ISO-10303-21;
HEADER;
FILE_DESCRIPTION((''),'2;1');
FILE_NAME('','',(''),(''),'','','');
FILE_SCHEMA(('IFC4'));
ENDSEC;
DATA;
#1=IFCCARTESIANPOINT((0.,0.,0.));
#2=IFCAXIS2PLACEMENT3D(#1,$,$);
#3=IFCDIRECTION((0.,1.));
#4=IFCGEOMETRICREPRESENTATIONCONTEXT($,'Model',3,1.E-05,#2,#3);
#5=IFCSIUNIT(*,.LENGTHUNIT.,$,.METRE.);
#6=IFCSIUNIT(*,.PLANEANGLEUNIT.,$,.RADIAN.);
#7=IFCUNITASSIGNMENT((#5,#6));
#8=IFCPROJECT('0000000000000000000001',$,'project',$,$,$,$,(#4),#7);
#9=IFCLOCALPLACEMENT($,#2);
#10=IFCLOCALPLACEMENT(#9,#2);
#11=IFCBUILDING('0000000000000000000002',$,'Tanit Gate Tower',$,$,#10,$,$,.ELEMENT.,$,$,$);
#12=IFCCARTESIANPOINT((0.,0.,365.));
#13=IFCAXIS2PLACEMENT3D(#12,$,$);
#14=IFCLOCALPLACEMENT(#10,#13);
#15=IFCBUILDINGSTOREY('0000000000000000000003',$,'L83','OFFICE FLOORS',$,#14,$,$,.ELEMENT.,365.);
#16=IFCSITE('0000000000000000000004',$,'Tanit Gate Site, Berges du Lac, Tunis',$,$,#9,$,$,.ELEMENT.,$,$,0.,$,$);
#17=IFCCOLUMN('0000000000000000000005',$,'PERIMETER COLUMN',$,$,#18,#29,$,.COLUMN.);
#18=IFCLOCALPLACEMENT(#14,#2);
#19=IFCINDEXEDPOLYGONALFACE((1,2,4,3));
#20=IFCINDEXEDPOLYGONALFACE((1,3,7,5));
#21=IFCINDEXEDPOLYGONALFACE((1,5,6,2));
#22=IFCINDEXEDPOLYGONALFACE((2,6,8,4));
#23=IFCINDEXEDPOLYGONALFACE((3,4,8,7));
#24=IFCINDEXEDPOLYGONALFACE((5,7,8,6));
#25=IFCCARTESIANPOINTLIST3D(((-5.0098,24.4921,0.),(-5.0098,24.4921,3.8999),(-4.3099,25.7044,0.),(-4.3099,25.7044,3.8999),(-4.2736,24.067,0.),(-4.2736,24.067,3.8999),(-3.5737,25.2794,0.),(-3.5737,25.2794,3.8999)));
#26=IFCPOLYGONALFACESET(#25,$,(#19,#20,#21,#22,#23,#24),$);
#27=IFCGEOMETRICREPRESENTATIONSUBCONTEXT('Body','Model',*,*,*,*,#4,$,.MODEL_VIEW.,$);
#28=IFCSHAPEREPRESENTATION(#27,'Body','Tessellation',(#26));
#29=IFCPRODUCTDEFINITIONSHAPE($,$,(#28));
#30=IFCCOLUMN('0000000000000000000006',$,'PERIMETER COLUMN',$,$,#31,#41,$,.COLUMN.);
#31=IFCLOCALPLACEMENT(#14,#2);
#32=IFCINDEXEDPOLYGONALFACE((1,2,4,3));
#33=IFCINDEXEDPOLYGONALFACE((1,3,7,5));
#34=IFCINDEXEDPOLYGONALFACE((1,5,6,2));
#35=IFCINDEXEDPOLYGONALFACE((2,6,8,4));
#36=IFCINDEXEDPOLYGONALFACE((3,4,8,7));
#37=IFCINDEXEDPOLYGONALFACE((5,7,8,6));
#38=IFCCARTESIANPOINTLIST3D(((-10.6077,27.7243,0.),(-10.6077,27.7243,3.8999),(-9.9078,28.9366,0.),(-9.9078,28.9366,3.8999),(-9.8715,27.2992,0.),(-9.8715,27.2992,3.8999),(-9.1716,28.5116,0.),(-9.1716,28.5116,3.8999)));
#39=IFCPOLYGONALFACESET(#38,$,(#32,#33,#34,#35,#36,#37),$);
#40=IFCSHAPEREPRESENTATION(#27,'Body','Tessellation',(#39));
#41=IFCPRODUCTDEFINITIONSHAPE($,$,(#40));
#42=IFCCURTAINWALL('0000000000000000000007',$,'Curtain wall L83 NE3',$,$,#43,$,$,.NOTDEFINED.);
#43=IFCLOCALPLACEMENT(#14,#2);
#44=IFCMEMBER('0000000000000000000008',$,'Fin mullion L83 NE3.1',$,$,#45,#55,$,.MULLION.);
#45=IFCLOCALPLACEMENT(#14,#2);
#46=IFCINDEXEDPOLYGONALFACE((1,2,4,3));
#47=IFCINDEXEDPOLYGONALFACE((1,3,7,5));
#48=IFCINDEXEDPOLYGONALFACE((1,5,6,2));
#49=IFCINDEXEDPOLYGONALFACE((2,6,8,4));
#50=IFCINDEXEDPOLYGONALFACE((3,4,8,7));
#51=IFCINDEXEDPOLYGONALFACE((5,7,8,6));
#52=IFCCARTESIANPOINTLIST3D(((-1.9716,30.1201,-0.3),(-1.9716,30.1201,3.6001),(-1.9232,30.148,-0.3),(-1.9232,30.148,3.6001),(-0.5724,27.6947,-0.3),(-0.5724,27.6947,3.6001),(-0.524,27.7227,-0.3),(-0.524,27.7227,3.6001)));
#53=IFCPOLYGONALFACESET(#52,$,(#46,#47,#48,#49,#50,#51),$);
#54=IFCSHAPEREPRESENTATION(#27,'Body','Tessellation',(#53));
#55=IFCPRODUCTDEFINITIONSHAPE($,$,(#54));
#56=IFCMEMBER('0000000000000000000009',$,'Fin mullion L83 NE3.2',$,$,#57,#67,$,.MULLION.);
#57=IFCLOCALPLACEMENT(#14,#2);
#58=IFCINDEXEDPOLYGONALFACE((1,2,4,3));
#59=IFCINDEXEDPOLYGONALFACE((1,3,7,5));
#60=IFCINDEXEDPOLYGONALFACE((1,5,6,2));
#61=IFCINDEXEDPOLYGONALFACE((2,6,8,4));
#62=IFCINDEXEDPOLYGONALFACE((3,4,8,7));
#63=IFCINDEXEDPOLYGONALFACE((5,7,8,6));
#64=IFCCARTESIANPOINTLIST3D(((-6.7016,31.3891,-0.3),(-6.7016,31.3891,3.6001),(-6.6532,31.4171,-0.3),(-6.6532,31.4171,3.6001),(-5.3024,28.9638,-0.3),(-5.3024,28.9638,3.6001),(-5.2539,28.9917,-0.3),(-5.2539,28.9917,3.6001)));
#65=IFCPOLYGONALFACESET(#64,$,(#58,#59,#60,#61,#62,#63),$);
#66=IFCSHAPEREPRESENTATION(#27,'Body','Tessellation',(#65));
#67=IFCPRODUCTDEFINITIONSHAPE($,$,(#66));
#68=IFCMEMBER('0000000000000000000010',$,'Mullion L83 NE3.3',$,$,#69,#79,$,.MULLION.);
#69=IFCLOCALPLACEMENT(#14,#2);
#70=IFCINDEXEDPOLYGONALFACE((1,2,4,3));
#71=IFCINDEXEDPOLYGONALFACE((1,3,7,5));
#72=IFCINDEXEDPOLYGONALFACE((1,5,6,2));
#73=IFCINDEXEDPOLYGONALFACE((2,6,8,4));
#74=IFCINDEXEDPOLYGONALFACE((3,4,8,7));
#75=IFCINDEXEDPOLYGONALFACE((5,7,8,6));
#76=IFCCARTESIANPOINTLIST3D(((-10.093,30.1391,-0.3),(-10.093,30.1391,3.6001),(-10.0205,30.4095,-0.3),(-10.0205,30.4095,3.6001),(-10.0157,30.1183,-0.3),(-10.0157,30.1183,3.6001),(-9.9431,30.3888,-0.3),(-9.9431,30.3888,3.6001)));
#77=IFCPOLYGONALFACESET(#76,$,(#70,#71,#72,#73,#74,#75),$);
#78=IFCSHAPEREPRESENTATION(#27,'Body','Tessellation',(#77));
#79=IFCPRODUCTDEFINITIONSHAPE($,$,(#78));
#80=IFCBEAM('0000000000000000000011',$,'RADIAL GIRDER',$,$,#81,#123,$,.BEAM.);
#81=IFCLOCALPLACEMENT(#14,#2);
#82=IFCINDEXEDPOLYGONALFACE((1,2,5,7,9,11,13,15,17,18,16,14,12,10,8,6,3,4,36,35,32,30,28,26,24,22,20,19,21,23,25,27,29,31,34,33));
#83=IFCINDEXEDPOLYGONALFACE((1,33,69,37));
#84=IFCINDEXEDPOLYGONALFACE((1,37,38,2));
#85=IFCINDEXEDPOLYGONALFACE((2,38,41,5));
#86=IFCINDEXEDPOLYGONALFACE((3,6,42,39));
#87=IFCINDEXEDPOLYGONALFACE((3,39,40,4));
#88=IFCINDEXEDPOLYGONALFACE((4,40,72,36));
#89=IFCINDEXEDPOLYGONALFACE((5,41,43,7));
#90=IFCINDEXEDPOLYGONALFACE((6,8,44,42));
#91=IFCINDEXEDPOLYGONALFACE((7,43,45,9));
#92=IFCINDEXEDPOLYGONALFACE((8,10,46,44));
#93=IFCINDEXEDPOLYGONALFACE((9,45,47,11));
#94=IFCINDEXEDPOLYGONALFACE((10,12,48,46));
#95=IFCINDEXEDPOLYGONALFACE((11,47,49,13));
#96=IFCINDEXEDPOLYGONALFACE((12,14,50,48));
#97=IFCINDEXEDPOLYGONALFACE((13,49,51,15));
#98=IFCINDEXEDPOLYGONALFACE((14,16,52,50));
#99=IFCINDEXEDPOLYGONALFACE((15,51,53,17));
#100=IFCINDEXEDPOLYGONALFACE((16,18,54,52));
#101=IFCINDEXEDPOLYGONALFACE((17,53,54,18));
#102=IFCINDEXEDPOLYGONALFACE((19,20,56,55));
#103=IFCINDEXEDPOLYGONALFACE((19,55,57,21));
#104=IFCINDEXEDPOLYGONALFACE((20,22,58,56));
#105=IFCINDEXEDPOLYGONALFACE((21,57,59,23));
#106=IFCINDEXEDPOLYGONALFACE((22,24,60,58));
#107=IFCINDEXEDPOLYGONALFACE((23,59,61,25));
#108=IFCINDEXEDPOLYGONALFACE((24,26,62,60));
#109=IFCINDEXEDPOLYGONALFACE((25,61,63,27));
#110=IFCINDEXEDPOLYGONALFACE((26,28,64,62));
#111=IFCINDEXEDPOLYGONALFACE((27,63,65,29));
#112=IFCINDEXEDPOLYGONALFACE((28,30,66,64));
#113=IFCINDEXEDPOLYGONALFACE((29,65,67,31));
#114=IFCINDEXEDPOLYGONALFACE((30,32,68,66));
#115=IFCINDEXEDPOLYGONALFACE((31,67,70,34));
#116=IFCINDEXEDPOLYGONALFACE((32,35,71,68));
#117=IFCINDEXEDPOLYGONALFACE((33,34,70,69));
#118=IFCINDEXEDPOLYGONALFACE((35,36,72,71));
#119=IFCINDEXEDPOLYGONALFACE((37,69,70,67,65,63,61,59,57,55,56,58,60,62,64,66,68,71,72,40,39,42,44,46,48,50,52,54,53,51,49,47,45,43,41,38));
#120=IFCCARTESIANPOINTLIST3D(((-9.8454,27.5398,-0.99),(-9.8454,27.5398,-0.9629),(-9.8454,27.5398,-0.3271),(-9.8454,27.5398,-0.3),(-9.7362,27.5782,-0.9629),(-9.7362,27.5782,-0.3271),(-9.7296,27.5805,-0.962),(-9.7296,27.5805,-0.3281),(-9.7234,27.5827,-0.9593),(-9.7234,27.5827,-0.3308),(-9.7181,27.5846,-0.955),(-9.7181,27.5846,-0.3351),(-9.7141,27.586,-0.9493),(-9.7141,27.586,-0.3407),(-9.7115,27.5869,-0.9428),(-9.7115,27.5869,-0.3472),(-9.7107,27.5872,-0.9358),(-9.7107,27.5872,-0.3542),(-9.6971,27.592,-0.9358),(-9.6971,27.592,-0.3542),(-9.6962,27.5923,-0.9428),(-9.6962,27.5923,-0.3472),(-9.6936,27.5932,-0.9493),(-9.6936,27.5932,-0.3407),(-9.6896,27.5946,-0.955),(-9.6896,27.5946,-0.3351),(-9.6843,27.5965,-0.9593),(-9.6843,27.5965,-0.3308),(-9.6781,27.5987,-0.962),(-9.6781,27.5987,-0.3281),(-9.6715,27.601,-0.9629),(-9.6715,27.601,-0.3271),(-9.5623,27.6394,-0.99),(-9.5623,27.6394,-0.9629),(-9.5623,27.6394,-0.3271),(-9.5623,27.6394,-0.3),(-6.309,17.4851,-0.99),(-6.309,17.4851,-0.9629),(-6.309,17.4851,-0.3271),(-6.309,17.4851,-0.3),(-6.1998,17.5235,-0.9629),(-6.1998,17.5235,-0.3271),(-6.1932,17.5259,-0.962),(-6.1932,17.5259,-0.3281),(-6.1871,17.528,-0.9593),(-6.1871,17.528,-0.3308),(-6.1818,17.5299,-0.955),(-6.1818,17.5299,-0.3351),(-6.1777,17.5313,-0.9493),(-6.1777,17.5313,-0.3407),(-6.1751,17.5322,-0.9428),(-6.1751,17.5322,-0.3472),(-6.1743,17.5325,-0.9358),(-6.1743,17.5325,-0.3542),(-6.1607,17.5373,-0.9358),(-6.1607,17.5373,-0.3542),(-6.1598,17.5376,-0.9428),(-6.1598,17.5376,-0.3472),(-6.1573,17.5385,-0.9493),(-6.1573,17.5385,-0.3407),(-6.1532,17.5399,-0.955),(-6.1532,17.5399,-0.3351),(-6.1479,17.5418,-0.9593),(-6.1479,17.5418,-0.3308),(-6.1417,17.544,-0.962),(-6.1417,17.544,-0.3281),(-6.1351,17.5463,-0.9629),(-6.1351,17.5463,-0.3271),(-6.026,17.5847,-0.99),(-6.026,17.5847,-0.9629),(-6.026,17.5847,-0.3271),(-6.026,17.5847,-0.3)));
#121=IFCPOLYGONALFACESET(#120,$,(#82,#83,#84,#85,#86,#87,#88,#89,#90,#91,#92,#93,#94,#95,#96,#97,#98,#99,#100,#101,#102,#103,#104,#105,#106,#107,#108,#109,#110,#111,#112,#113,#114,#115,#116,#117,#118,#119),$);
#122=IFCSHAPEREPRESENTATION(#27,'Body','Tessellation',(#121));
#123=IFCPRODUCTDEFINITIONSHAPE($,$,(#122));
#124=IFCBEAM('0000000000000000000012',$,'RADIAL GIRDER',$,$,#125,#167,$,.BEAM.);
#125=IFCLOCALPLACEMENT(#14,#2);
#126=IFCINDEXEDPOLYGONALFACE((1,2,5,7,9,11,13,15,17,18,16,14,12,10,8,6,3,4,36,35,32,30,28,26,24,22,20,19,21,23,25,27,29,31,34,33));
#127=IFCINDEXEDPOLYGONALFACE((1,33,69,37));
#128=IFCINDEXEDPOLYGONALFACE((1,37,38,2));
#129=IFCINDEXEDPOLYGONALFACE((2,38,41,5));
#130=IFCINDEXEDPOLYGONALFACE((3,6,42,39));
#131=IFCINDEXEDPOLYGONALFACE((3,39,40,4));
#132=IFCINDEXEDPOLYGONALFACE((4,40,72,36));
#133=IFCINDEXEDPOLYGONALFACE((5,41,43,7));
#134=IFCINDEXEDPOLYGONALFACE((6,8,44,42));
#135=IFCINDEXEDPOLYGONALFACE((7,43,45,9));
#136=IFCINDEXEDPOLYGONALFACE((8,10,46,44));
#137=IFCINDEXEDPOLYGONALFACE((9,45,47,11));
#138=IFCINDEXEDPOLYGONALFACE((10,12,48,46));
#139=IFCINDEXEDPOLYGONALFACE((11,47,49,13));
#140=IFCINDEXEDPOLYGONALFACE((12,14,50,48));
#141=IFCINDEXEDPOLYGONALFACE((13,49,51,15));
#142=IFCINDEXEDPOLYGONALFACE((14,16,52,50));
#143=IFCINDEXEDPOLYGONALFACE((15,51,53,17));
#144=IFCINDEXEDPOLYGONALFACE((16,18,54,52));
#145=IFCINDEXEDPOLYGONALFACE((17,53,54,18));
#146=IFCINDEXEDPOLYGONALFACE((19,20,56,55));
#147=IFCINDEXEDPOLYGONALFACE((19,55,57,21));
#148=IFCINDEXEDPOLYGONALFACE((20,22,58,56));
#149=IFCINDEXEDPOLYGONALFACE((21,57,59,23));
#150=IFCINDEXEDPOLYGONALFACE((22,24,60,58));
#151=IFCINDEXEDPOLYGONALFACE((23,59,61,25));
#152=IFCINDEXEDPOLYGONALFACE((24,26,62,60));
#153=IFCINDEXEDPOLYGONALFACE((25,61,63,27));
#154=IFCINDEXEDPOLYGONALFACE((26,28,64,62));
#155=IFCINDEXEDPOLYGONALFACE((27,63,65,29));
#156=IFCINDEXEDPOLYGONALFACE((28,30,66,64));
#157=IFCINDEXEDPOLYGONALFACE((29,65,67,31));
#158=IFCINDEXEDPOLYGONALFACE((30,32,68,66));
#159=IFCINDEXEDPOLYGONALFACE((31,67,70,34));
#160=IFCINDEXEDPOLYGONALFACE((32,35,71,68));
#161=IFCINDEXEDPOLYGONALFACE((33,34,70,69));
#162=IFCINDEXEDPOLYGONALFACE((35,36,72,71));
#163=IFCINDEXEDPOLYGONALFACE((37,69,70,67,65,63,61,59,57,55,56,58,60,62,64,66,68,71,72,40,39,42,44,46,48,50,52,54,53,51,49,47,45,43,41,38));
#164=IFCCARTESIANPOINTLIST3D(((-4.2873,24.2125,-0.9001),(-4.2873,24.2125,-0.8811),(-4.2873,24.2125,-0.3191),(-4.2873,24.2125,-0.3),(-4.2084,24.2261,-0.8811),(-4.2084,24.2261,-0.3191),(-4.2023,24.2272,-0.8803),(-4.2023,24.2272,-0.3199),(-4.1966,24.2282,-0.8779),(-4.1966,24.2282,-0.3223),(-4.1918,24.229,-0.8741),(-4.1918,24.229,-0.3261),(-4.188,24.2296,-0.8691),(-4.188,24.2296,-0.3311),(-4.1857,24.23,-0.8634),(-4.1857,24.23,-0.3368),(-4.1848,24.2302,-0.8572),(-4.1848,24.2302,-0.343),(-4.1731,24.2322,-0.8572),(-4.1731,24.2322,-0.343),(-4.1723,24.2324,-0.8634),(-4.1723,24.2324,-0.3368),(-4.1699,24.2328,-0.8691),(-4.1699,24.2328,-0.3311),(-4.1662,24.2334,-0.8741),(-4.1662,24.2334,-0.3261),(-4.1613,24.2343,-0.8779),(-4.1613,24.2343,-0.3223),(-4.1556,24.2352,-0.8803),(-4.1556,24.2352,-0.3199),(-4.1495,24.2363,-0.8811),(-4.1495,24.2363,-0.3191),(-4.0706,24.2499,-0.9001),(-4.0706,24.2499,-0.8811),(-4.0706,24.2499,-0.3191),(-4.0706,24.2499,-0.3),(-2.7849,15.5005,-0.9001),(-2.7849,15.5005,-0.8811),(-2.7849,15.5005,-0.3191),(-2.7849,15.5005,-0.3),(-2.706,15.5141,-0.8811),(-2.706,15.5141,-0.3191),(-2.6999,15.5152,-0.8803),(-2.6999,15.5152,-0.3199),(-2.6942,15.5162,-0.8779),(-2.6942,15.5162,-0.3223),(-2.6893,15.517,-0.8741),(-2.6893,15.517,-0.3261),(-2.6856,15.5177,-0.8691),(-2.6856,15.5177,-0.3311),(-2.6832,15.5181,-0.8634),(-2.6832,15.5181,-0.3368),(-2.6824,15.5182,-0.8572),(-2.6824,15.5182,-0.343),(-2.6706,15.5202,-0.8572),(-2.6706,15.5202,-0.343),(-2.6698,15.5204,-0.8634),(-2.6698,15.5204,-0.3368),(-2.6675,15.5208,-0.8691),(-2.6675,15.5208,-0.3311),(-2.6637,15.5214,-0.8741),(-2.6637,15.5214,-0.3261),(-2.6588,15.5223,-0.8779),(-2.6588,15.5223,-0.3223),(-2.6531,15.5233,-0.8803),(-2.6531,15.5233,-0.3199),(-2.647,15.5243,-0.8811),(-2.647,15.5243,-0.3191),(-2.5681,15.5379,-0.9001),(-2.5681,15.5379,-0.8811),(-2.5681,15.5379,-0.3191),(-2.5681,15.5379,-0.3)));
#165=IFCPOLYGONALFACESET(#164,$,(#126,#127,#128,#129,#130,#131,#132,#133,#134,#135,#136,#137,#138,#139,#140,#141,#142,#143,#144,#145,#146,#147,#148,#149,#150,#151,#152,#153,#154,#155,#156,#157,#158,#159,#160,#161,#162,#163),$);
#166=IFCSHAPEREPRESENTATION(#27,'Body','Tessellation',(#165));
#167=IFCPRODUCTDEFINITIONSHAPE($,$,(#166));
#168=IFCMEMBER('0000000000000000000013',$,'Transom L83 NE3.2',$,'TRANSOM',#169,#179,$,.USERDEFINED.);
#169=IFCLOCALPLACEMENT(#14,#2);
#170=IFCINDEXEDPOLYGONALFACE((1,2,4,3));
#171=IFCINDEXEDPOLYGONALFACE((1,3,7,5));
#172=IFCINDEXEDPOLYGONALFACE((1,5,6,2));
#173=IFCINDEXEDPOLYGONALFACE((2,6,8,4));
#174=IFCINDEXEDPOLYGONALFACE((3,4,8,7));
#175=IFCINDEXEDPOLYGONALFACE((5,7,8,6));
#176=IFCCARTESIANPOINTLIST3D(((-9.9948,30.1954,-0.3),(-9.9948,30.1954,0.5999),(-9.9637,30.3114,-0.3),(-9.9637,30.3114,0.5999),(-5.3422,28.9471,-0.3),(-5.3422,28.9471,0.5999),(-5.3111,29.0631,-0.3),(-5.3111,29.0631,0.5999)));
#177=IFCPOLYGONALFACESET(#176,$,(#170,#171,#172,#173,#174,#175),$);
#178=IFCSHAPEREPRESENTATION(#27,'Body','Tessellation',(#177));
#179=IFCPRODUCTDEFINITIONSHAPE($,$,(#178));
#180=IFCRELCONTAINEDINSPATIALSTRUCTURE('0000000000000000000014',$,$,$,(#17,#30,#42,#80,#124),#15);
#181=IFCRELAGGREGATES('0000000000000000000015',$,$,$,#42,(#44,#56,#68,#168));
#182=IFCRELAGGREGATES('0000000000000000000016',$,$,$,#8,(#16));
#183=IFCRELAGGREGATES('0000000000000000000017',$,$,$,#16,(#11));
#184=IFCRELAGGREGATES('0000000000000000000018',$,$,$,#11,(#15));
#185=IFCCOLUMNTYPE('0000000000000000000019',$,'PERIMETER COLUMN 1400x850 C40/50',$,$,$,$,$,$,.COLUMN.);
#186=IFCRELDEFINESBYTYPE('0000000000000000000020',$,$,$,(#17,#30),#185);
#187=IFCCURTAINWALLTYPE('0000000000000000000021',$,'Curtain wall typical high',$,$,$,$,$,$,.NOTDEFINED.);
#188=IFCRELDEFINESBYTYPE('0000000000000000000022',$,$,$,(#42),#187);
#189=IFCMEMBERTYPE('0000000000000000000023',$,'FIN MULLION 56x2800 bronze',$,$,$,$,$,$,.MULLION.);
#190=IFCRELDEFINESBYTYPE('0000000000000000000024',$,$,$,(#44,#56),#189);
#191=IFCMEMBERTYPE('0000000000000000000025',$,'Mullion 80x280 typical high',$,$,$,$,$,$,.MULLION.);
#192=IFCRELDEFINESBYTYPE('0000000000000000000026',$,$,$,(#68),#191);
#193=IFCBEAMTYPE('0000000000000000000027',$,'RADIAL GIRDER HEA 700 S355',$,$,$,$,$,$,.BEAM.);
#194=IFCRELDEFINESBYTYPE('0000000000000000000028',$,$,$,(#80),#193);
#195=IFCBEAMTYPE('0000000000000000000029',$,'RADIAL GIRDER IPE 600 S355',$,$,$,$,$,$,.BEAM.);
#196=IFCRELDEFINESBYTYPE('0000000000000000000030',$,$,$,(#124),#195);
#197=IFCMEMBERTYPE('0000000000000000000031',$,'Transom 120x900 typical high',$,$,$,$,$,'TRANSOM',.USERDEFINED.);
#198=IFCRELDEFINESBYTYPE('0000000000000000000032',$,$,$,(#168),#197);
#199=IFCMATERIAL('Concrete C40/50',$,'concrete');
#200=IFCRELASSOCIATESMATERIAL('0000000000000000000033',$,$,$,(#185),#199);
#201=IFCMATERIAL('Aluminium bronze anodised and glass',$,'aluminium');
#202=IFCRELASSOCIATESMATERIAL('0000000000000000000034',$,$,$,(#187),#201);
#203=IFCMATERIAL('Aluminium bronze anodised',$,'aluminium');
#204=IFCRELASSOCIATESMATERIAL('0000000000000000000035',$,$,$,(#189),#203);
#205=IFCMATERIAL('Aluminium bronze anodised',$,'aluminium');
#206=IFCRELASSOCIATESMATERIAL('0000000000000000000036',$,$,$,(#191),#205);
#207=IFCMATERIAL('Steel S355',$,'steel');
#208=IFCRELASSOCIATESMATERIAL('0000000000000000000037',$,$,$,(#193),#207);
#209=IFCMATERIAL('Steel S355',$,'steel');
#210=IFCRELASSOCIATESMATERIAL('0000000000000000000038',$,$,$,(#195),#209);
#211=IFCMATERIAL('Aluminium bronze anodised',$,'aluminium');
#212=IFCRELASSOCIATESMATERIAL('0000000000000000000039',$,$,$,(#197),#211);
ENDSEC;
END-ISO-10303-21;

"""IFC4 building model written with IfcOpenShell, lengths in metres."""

from ifc_helpers import new_model, si_unit, direction, frame, origin, origin_2d, place, context, subcontext, project, spatial, rectangle, i_section, extrude, material, material_profile, profile_set, type_object, element, aggregate, save


model = new_model("IFC4")

# Units and contexts
model_context = context("Model", 3, precision=1e-05, world=origin(), true_north=direction((0.0, 1.0)))
body_context = subcontext(model_context, "Body", "Model", "MODEL_VIEW")
ifc_project = project(units=[si_unit("LENGTHUNIT", "METRE"), si_unit("PLANEANGLEUNIT", "RADIAN")], contexts=[model_context])

# Site, building, storey
site_placement = place(None, origin())
site = spatial("IfcSite", under=ifc_project, at=site_placement, Name="Tanit Gate Site, Berges du Lac, Tunis", CompositionType="ELEMENT", RefElevation=0.0)
building_placement = place(site_placement, origin())
building = spatial("IfcBuilding", under=site, at=building_placement, Name="Tanit Gate Tower", CompositionType="ELEMENT")
storey_placement = place(building_placement, frame((0.0, 0.0, 365.0)))
storey = spatial("IfcBuildingStorey", under=building, at=storey_placement, Name="L83", Description="OFFICE FLOORS", CompositionType="ELEMENT", Elevation=365.0)

# Columns
ifc_material_1 = material(Name="Concrete C40/50", Category="concrete")
ifc_material_profile_1 = material_profile(ifc_material_1, rectangle(XDim=1.3999, YDim=0.8501, at=origin_2d()), Name="RC 1400x850")
ifc_profile_set_1 = profile_set([ifc_material_profile_1], Name="Concrete C40/50")
column_type = type_object("IfcColumnType", Name="PERIMETER COLUMN 1400x850 C40/50", PredefinedType="COLUMN", material=ifc_profile_set_1)
for number, where, z_axis, x_axis, name in (
    (1, (-4.2917, 24.8857, 0.0), (0.0, 0.0, 1.0), (0.5, 0.866025, 0.0), "PERIMETER COLUMN"),
    (2, (-9.8896, 28.1179, 0.0), (0.0, 0.0, 1.0), (0.5, 0.866025, 0.0), "PERIMETER COLUMN"),
):
    element("IfcColumn", number, at=place(storey_placement, frame(where, z_axis=z_axis, x_axis=x_axis)), inside=storey, type_object=column_type, Name=name, PredefinedType="COLUMN", context=body_context, shape_type="SweptSolid", body=[
        extrude(rectangle(XDim=1.3999, YDim=0.8501, at=origin_2d()), origin(), (0.0, 0.0, 1.0), 3.8999),
    ])

# Curtain wall, members
ifc_material_2 = material(Name="Aluminium bronze anodised and glass", Category="aluminium")
curtain_wall_type = type_object("IfcCurtainWallType", Name="Curtain wall typical high", PredefinedType="NOTDEFINED", material=ifc_material_2)
curtain_wall_placement = place(storey_placement, origin())
curtain_wall = element("IfcCurtainWall", 3, at=curtain_wall_placement, inside=storey, type_object=curtain_wall_type, Name="Curtain wall L83 NE3", PredefinedType="NOTDEFINED")
ifc_material_3 = material(Name="Aluminium bronze anodised", Category="aluminium")
ifc_material_profile_2 = material_profile(ifc_material_3, rectangle(XDim=2.8, YDim=0.0559, at=origin_2d()), Name="56x2800 bronze fin mullion")
ifc_profile_set_2 = profile_set([ifc_material_profile_2], Name="Aluminium bronze anodised")
member_type_1 = type_object("IfcMemberType", Name="FIN MULLION 56x2800 bronze", PredefinedType="MULLION", material=ifc_profile_set_2)
member_1_placement = place(storey_placement, frame((-1.2478, 28.9214, -0.3), z_axis=(0.0, 0.0, 1.0), x_axis=(0.499728, -0.866182, 0.0)))
member_1 = element("IfcMember", 4, at=member_1_placement, type_object=member_type_1, Name="Fin mullion L83 NE3.1", PredefinedType="MULLION", context=body_context, shape_type="SweptSolid", body=[
    extrude(rectangle(XDim=2.8, YDim=0.0559, at=origin_2d()), origin(), (0.0, 0.0, 1.0), 3.9001),
])
member_2_placement = place(storey_placement, frame((-5.9778, 30.1904, -0.3), z_axis=(0.0, 0.0, 1.0), x_axis=(0.499728, -0.866182, 0.0)))
member_2 = element("IfcMember", 5, at=member_2_placement, type_object=member_type_1, Name="Fin mullion L83 NE3.2", PredefinedType="MULLION", context=body_context, shape_type="SweptSolid", body=[
    extrude(rectangle(XDim=2.8, YDim=0.0559, at=origin_2d()), origin(), (0.0, 0.0, 1.0), 3.9001),
])
ifc_material_4 = material(Name="Aluminium bronze anodised", Category="aluminium")
ifc_material_profile_3 = material_profile(ifc_material_4, rectangle(XDim=0.28, YDim=0.0801, at=origin_2d()), Name="80x280 bronze mullion")
ifc_profile_set_3 = profile_set([ifc_material_profile_3], Name="Aluminium bronze anodised")
member_type_2 = type_object("IfcMemberType", Name="Mullion 80x280 typical high", PredefinedType="MULLION", material=ifc_profile_set_3)
member_3_placement = place(storey_placement, frame((-10.0181, 30.2639, -0.3), z_axis=(0.0, 0.0, 1.0), x_axis=(-0.259122, -0.965845, 0.0)))
member_3 = element("IfcMember", 6, at=member_3_placement, type_object=member_type_2, Name="Mullion L83 NE3.3", PredefinedType="MULLION", context=body_context, shape_type="SweptSolid", body=[
    extrude(rectangle(XDim=0.28, YDim=0.0801, at=origin_2d()), origin(), (0.0, 0.0, 1.0), 3.9001),
])

# Beams
ifc_material_5 = material(Name="Steel S355", Category="steel")
ifc_material_profile_4 = material_profile(ifc_material_5, i_section(OverallWidth=0.3, OverallDepth=0.6899, WebThickness=0.0144, FlangeThickness=0.0271, FilletRadius=0.0271, at=origin_2d()), Name="HEA 700")
ifc_profile_set_4 = profile_set([ifc_material_profile_4], Name="Steel S355")
beam_type_1 = type_object("IfcBeamType", Name="RADIAL GIRDER HEA 700 S355", PredefinedType="BEAM", material=ifc_profile_set_4)
beam_1_placement = place(storey_placement, frame((-9.7039, 27.5896, -0.645), z_axis=(0.331791, -0.943353, 0.0), x_axis=(0.943353, 0.331791, 0.0)))
element("IfcBeam", 7, at=beam_1_placement, inside=storey, type_object=beam_type_1, Name="RADIAL GIRDER", PredefinedType="BEAM", context=body_context, shape_type="SweptSolid", body=[
    extrude(i_section(OverallWidth=0.3, OverallDepth=0.6899, WebThickness=0.0144, FlangeThickness=0.0271, FilletRadius=0.0271, at=origin_2d()), origin(), (0.0, 0.0, 1.0), 10.6584),
])
ifc_material_6 = material(Name="Steel S355", Category="steel")
ifc_material_profile_5 = material_profile(ifc_material_6, i_section(OverallWidth=0.22, OverallDepth=0.6001, WebThickness=0.012, FlangeThickness=0.019, FilletRadius=0.0239, at=origin_2d()), Name="IPE 600")
ifc_profile_set_5 = profile_set([ifc_material_profile_5], Name="Steel S355")
beam_type_2 = type_object("IfcBeamType", Name="RADIAL GIRDER IPE 600 S355", PredefinedType="BEAM", material=ifc_profile_set_5)
beam_2_placement = place(storey_placement, frame((-4.179, 24.2312, -0.6001), z_axis=(0.169949, -0.985453, 0.0), x_axis=(0.985453, 0.169949, 0.0)))
element("IfcBeam", 8, at=beam_2_placement, inside=storey, type_object=beam_type_2, Name="RADIAL GIRDER", PredefinedType="BEAM", context=body_context, shape_type="SweptSolid", body=[
    extrude(i_section(OverallWidth=0.22, OverallDepth=0.6001, WebThickness=0.012, FlangeThickness=0.019, FilletRadius=0.0239, at=origin_2d()), origin(), (0.0, 0.0, 1.0), 8.8406),
])

# Member
ifc_material_7 = material(Name="Aluminium bronze anodised", Category="aluminium")
ifc_material_profile_6 = material_profile(ifc_material_7, rectangle(XDim=0.1201, YDim=0.8999, at=origin_2d()), Name="120x900 bronze transom")
ifc_profile_set_6 = profile_set([ifc_material_profile_6], Name="Aluminium bronze anodised")
member_type_3 = type_object("IfcMemberType", Name="Transom 120x900 typical high", ElementType="TRANSOM", PredefinedType="USERDEFINED", material=ifc_profile_set_6)
member_4_placement = place(storey_placement, frame((-5.3267, 29.0051, 0.1499), z_axis=(-0.965841, 0.259135, 0.0), x_axis=(-0.259135, -0.965841, 0.0)))
member_4 = element("IfcMember", 9, at=member_4_placement, type_object=member_type_3, Name="Transom L83 NE3.2", ObjectType="TRANSOM", PredefinedType="USERDEFINED", context=body_context, shape_type="SweptSolid", body=[
    extrude(rectangle(XDim=0.1201, YDim=0.8999, at=origin_2d()), origin(), (0.0, 0.0, 1.0), 4.8171),
])

aggregate(curtain_wall, [member_1, member_2, member_3, member_4])

save(model, "model.ifc")
